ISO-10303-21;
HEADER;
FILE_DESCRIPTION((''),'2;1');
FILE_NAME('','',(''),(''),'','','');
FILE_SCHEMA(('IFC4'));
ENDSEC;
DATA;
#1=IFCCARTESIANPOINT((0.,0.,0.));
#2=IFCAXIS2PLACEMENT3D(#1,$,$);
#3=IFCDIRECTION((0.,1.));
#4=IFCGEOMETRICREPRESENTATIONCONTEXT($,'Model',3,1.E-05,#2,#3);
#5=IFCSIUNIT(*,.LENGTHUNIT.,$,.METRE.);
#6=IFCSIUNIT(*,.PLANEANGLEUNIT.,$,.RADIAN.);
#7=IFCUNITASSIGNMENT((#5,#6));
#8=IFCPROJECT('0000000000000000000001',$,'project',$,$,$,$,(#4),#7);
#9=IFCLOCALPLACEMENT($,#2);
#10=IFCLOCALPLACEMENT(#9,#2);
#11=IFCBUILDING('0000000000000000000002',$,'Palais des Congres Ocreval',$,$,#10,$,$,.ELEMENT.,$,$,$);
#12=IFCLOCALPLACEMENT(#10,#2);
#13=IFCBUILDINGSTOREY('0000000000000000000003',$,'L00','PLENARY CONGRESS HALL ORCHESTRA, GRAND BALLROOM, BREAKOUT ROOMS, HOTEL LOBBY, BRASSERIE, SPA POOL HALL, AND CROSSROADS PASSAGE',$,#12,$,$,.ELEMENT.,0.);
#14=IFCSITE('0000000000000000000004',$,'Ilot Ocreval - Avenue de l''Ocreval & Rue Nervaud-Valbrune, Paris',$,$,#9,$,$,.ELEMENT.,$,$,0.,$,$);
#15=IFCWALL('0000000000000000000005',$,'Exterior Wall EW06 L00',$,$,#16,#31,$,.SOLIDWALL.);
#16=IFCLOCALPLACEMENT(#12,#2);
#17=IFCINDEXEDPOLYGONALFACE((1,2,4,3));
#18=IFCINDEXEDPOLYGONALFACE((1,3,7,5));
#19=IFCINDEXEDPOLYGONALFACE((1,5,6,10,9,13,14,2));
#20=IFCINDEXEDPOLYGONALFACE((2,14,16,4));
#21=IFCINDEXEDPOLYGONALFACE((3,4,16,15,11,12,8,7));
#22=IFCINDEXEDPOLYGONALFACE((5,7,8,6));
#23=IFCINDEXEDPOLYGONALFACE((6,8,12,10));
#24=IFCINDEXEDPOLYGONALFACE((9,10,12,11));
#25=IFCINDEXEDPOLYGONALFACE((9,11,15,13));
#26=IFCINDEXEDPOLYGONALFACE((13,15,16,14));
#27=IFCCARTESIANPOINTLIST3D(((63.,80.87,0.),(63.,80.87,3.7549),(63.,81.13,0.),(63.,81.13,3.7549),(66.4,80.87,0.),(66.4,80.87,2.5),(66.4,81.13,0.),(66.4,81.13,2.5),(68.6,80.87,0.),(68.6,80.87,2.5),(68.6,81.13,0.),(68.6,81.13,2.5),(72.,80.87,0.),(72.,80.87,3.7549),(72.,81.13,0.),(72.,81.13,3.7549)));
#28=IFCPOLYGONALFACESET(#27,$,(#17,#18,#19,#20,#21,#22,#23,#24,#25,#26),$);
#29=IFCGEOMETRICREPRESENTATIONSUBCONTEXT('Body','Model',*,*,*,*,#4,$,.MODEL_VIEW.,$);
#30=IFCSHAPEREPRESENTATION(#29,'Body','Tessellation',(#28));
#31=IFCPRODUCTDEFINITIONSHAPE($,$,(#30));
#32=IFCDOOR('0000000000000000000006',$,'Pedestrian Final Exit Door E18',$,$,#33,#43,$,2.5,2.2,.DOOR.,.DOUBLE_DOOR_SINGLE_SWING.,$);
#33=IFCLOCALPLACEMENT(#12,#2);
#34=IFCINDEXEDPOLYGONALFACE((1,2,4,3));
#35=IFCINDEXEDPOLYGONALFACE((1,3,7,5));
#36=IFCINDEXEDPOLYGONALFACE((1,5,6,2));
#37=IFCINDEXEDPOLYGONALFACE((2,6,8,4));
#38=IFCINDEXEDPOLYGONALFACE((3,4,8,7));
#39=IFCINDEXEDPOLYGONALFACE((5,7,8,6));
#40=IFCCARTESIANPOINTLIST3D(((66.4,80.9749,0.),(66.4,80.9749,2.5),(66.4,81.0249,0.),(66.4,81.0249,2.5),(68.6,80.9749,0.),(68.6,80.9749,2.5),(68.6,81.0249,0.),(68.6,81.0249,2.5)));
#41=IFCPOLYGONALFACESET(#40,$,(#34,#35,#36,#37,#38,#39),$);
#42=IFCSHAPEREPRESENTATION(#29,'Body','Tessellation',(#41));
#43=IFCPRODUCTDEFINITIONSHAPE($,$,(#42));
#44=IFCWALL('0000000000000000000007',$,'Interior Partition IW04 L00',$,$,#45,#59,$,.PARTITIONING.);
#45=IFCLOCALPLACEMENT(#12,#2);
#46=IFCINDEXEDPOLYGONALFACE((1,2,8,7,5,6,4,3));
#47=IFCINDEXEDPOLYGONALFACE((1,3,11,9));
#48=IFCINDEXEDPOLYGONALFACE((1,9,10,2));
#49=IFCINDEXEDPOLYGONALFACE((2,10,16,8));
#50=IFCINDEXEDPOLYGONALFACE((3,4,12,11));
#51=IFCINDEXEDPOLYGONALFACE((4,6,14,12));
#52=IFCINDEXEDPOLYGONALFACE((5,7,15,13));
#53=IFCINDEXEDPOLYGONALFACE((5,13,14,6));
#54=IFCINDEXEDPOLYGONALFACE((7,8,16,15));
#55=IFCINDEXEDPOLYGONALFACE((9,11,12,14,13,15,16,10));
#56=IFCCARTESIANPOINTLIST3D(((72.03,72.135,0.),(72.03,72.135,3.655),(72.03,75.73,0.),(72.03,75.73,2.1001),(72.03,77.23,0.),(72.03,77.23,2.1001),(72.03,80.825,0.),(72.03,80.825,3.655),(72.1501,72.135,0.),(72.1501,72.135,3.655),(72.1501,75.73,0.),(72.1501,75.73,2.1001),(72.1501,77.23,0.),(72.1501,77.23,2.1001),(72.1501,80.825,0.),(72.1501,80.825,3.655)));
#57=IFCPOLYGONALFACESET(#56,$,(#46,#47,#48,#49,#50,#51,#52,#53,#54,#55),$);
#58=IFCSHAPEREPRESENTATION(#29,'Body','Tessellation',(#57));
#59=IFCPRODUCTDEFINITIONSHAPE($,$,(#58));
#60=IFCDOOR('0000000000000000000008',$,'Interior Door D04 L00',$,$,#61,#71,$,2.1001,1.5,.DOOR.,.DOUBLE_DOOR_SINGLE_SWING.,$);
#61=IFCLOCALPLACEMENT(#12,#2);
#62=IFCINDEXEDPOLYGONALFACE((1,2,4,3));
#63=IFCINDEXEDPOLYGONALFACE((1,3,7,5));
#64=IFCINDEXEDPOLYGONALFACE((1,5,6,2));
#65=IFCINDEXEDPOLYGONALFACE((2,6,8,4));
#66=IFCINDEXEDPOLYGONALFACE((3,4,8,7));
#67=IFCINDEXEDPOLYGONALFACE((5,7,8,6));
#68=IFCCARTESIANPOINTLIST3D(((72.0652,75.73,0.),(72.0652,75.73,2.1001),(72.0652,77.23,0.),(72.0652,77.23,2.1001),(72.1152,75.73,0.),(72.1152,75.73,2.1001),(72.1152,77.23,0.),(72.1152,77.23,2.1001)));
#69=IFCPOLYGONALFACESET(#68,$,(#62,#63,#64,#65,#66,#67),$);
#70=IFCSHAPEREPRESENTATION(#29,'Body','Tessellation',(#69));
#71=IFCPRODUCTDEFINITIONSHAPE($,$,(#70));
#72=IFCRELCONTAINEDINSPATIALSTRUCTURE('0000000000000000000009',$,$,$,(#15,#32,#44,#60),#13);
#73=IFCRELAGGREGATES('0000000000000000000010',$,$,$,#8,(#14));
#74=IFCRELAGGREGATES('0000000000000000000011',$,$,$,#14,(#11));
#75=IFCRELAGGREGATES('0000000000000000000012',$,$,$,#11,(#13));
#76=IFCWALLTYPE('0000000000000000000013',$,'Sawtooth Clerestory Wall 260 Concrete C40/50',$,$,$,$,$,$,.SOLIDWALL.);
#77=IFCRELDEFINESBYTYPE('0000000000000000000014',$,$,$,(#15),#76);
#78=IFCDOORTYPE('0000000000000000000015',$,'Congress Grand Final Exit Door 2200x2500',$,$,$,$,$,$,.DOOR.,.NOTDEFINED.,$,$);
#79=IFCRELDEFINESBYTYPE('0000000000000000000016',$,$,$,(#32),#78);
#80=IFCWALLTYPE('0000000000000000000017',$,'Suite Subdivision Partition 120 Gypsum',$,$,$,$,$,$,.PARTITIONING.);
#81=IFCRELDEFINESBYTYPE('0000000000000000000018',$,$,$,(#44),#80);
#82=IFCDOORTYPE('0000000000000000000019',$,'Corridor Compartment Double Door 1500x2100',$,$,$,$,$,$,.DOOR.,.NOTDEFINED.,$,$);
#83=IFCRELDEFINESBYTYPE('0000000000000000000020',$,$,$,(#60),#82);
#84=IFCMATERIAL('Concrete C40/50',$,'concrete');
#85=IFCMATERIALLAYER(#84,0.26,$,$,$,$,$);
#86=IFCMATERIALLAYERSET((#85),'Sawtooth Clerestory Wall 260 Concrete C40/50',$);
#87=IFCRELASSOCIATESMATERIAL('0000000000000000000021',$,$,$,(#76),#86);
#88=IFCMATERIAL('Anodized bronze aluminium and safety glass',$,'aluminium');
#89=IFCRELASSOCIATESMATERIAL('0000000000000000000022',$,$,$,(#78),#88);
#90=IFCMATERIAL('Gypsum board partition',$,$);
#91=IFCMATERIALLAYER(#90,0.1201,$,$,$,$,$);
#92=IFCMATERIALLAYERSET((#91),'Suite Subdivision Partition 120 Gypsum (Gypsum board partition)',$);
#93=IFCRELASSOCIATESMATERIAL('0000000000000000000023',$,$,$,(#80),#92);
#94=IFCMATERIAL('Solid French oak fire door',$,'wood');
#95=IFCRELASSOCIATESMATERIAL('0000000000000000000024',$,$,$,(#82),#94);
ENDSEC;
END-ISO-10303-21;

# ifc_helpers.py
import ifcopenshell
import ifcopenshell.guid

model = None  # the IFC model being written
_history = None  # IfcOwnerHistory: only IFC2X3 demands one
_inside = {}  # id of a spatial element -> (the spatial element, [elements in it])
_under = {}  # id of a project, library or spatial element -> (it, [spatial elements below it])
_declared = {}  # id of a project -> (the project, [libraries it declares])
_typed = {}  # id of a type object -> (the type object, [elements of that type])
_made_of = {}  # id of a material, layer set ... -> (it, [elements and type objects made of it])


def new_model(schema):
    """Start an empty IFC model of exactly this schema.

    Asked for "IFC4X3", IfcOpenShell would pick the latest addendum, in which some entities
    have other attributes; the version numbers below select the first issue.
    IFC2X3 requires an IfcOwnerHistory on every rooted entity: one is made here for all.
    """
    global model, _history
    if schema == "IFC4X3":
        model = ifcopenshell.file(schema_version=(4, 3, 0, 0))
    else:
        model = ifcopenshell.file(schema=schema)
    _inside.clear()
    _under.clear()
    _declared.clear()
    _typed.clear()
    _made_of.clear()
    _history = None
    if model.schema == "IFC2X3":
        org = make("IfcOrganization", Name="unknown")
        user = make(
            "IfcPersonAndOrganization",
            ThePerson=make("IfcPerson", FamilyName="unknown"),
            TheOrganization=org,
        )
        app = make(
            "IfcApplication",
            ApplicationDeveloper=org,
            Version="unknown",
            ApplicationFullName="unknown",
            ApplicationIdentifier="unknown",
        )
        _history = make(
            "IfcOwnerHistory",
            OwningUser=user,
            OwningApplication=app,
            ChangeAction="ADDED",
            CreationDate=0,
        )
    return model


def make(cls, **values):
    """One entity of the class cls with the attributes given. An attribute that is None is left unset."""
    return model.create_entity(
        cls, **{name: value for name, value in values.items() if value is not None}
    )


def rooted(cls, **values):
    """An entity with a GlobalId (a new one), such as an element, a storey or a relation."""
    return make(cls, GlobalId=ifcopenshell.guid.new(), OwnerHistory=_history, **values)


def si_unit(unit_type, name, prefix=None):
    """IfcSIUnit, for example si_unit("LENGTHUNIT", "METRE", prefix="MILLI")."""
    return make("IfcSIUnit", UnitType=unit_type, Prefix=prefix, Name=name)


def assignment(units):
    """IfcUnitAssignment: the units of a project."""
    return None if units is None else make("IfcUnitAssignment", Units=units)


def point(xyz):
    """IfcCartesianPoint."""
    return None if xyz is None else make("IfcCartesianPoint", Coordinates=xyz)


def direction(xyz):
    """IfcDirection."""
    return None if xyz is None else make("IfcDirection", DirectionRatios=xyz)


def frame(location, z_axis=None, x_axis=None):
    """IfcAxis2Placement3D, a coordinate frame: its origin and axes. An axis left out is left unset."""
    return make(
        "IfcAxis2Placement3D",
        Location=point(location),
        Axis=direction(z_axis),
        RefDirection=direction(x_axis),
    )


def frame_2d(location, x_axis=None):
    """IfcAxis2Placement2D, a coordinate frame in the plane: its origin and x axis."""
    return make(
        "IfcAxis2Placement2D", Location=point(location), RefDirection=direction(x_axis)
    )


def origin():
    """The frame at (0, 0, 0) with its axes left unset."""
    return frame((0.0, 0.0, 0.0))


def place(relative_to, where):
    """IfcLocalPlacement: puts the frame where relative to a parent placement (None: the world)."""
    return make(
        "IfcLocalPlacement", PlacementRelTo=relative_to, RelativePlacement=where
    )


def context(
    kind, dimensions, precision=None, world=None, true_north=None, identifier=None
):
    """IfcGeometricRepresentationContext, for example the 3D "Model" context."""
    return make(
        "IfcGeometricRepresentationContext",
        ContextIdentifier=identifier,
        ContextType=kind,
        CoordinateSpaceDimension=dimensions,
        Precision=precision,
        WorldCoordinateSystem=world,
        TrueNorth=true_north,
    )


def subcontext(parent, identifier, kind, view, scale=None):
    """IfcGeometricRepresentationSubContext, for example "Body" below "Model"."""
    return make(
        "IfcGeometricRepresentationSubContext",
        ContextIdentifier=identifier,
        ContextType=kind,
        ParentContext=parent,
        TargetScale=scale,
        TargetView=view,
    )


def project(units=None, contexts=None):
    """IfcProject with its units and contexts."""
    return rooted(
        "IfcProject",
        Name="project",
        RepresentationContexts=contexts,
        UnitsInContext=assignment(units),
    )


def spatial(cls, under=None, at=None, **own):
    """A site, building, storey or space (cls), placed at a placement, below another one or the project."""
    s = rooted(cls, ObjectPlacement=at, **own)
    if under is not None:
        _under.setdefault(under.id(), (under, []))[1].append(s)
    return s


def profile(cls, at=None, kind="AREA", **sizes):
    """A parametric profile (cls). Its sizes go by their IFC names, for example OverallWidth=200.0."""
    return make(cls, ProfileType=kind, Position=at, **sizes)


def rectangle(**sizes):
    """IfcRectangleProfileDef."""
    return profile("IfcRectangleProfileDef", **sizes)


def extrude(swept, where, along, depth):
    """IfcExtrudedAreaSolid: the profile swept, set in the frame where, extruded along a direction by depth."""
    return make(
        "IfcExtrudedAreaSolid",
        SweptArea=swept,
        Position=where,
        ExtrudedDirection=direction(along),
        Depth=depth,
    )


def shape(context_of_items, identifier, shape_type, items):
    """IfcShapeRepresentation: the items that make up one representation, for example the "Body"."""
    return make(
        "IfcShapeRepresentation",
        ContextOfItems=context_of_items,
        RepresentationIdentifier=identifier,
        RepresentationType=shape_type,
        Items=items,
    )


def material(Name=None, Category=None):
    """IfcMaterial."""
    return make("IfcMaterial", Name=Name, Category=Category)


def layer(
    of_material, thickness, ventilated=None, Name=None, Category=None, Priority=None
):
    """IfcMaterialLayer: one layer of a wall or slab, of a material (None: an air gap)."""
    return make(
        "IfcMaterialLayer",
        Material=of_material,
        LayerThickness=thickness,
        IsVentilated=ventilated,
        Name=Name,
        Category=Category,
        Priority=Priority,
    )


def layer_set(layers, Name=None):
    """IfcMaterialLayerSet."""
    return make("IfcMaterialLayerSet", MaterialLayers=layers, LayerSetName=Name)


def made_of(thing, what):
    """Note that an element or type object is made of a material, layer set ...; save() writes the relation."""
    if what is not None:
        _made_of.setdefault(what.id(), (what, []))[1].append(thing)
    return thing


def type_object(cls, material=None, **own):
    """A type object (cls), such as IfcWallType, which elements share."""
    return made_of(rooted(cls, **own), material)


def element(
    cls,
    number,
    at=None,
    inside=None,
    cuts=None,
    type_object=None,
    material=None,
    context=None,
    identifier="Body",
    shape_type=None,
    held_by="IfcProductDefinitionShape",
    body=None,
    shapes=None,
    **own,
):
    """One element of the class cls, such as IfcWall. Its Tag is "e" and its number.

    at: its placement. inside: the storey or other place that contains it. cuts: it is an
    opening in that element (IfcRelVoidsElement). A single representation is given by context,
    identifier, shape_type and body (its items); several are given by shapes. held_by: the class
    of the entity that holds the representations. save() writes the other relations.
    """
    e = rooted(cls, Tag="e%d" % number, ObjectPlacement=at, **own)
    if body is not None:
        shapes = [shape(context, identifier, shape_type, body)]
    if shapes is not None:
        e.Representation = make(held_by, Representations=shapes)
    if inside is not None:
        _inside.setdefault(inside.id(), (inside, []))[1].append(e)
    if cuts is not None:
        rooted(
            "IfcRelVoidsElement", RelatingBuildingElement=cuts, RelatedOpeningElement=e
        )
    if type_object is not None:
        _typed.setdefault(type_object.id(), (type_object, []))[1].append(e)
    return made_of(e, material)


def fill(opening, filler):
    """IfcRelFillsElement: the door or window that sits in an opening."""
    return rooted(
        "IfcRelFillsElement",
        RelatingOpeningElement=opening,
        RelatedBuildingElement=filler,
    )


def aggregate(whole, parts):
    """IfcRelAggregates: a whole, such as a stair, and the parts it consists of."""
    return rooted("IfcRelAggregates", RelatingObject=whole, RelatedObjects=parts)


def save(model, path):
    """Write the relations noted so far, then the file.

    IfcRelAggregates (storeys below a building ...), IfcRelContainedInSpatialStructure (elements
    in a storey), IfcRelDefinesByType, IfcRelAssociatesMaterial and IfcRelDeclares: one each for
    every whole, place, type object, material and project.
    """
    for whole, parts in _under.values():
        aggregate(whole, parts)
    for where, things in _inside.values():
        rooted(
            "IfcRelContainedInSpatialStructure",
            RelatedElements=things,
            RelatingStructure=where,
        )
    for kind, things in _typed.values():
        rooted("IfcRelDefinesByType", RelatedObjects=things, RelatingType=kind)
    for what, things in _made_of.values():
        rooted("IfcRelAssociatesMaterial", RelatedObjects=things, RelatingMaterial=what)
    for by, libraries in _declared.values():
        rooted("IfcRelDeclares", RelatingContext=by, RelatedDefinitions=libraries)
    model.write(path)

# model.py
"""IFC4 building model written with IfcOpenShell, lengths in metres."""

from ifc_helpers import new_model, si_unit, direction, frame, frame_2d, origin, place, context, subcontext, project, spatial, rectangle, extrude, material, layer, layer_set, type_object, element, fill, save


model = new_model("IFC4")

# Units and contexts
model_context = context("Model", 3, precision=1e-05, world=origin(), true_north=direction((0.0, 1.0)))
body_context = subcontext(model_context, "Body", "Model", "MODEL_VIEW")
ifc_project = project(units=[si_unit("LENGTHUNIT", "METRE"), si_unit("PLANEANGLEUNIT", "RADIAN")], contexts=[model_context])

# Site, building, storey
site_placement = place(None, origin())
site = spatial("IfcSite", under=ifc_project, at=site_placement, Name="Ilot Ocreval - Avenue de l'Ocreval & Rue Nervaud-Valbrune, Paris", CompositionType="ELEMENT", RefElevation=0.0)
building_placement = place(site_placement, origin())
building = spatial("IfcBuilding", under=site, at=building_placement, Name="Palais des Congres Ocreval", CompositionType="ELEMENT")
storey_placement = place(building_placement, origin())
storey = spatial("IfcBuildingStorey", under=building, at=storey_placement, Name="L00", Description="PLENARY CONGRESS HALL ORCHESTRA, GRAND BALLROOM, BREAKOUT ROOMS, HOTEL LOBBY, BRASSERIE, SPA POOL HALL, AND CROSSROADS PASSAGE", CompositionType="ELEMENT", Elevation=0.0)

# Shared definitions
ifc_material_1 = material(Name="Concrete C40/50", Category="concrete")

# Walls, openings, doors
ifc_layer_1 = layer(ifc_material_1, 0.26)
ifc_layer_set_1 = layer_set([ifc_layer_1], Name="Sawtooth Clerestory Wall 260 Concrete C40/50")
wall_type_1 = type_object("IfcWallType", Name="Sawtooth Clerestory Wall 260 Concrete C40/50", PredefinedType="SOLIDWALL", material=ifc_layer_set_1)
wall_1_placement = place(storey_placement, frame((63.0, 81.0, 0.0), z_axis=(0.0, 0.0, 1.0), x_axis=(1.0, 0.0, 0.0)))
wall_1 = element("IfcWall", 1, at=wall_1_placement, inside=storey, type_object=wall_type_1, Name="Exterior Wall EW06 L00", PredefinedType="SOLIDWALL", context=body_context, shape_type="SweptSolid", body=[
    extrude(rectangle(XDim=9.0, YDim=0.26, at=frame_2d((4.5, 0.0))), origin(), (0.0, 0.0, 1.0), 3.7549),
])
opening_1_placement = place(wall_1_placement, frame((3.3999, 0.0, 0.0)))
opening_1 = element("IfcOpeningElement", 2, at=opening_1_placement, cuts=wall_1, PredefinedType="OPENING", context=body_context, shape_type="SweptSolid", body=[
    extrude(rectangle(XDim=2.2, YDim=2.5, at=frame_2d((1.1001, 1.25))), frame((0.0, 0.1399, 0.0), z_axis=(0.0, -1.0, 0.0), x_axis=(1.0, 0.0, 0.0)), (0.0, 0.0, 1.0), 0.28),
])
ifc_material_2 = material(Name="Anodized bronze aluminium and safety glass", Category="aluminium")
door_type_1 = type_object("IfcDoorType", Name="Congress Grand Final Exit Door 2200x2500", OperationType="NOTDEFINED", PredefinedType="DOOR", material=ifc_material_2)
door_1_placement = place(opening_1_placement, origin())
door_1 = element("IfcDoor", 3, at=door_1_placement, inside=storey, type_object=door_type_1, Name="Pedestrian Final Exit Door E18", OperationType="DOUBLE_DOOR_SINGLE_SWING", OverallHeight=2.5, OverallWidth=2.2, PredefinedType="DOOR", context=body_context, shape_type="SweptSolid", body=[
    extrude(rectangle(XDim=2.2, YDim=2.5, at=frame_2d((1.1001, 1.25))), frame((0.0, 0.0249, 0.0), z_axis=(0.0, -1.0, 0.0), x_axis=(1.0, 0.0, 0.0)), (0.0, 0.0, 1.0), 0.05),
])
fill(opening_1, door_1)
ifc_material_3 = material(Name="Gypsum board partition")
ifc_layer_2 = layer(ifc_material_3, 0.1201)
ifc_layer_set_2 = layer_set([ifc_layer_2], Name="Suite Subdivision Partition 120 Gypsum (Gypsum board partition)")
wall_type_2 = type_object("IfcWallType", Name="Suite Subdivision Partition 120 Gypsum", PredefinedType="PARTITIONING", material=ifc_layer_set_2)
wall_2_placement = place(storey_placement, frame((72.0901, 72.135, 0.0), z_axis=(0.0, 0.0, 1.0), x_axis=(0.0, 1.0, 0.0)))
wall_2 = element("IfcWall", 4, at=wall_2_placement, inside=storey, type_object=wall_type_2, Name="Interior Partition IW04 L00", PredefinedType="PARTITIONING", context=body_context, shape_type="SweptSolid", body=[
    extrude(rectangle(XDim=8.6899, YDim=0.1201, at=frame_2d((4.345, 0.0))), origin(), (0.0, 0.0, 1.0), 3.655),
])
opening_2_placement = place(wall_2_placement, frame((3.595, 0.0, 0.0)))
opening_2 = element("IfcOpeningElement", 5, at=opening_2_placement, cuts=wall_2, PredefinedType="OPENING", context=body_context, shape_type="SweptSolid", body=[
    extrude(rectangle(XDim=1.5, YDim=2.1001, at=frame_2d((0.75, 1.05))), frame((0.0, 0.0701, 0.0), z_axis=(0.0, -1.0, 0.0), x_axis=(1.0, 0.0, 0.0)), (0.0, 0.0, 1.0), 0.1401),
])
ifc_material_4 = material(Name="Solid French oak fire door", Category="wood")
door_type_2 = type_object("IfcDoorType", Name="Corridor Compartment Double Door 1500x2100", OperationType="NOTDEFINED", PredefinedType="DOOR", material=ifc_material_4)
door_2_placement = place(opening_2_placement, origin())
door_2 = element("IfcDoor", 6, at=door_2_placement, inside=storey, type_object=door_type_2, Name="Interior Door D04 L00", OperationType="DOUBLE_DOOR_SINGLE_SWING", OverallHeight=2.1001, OverallWidth=1.5, PredefinedType="DOOR", context=body_context, shape_type="SweptSolid", body=[
    extrude(rectangle(XDim=1.5, YDim=2.1001, at=frame_2d((0.75, 1.05))), frame((0.0, 0.0249, 0.0), z_axis=(0.0, -1.0, 0.0), x_axis=(1.0, 0.0, 0.0)), (0.0, 0.0, 1.0), 0.05),
])
fill(opening_2, door_2)

save(model, "model.ifc")
